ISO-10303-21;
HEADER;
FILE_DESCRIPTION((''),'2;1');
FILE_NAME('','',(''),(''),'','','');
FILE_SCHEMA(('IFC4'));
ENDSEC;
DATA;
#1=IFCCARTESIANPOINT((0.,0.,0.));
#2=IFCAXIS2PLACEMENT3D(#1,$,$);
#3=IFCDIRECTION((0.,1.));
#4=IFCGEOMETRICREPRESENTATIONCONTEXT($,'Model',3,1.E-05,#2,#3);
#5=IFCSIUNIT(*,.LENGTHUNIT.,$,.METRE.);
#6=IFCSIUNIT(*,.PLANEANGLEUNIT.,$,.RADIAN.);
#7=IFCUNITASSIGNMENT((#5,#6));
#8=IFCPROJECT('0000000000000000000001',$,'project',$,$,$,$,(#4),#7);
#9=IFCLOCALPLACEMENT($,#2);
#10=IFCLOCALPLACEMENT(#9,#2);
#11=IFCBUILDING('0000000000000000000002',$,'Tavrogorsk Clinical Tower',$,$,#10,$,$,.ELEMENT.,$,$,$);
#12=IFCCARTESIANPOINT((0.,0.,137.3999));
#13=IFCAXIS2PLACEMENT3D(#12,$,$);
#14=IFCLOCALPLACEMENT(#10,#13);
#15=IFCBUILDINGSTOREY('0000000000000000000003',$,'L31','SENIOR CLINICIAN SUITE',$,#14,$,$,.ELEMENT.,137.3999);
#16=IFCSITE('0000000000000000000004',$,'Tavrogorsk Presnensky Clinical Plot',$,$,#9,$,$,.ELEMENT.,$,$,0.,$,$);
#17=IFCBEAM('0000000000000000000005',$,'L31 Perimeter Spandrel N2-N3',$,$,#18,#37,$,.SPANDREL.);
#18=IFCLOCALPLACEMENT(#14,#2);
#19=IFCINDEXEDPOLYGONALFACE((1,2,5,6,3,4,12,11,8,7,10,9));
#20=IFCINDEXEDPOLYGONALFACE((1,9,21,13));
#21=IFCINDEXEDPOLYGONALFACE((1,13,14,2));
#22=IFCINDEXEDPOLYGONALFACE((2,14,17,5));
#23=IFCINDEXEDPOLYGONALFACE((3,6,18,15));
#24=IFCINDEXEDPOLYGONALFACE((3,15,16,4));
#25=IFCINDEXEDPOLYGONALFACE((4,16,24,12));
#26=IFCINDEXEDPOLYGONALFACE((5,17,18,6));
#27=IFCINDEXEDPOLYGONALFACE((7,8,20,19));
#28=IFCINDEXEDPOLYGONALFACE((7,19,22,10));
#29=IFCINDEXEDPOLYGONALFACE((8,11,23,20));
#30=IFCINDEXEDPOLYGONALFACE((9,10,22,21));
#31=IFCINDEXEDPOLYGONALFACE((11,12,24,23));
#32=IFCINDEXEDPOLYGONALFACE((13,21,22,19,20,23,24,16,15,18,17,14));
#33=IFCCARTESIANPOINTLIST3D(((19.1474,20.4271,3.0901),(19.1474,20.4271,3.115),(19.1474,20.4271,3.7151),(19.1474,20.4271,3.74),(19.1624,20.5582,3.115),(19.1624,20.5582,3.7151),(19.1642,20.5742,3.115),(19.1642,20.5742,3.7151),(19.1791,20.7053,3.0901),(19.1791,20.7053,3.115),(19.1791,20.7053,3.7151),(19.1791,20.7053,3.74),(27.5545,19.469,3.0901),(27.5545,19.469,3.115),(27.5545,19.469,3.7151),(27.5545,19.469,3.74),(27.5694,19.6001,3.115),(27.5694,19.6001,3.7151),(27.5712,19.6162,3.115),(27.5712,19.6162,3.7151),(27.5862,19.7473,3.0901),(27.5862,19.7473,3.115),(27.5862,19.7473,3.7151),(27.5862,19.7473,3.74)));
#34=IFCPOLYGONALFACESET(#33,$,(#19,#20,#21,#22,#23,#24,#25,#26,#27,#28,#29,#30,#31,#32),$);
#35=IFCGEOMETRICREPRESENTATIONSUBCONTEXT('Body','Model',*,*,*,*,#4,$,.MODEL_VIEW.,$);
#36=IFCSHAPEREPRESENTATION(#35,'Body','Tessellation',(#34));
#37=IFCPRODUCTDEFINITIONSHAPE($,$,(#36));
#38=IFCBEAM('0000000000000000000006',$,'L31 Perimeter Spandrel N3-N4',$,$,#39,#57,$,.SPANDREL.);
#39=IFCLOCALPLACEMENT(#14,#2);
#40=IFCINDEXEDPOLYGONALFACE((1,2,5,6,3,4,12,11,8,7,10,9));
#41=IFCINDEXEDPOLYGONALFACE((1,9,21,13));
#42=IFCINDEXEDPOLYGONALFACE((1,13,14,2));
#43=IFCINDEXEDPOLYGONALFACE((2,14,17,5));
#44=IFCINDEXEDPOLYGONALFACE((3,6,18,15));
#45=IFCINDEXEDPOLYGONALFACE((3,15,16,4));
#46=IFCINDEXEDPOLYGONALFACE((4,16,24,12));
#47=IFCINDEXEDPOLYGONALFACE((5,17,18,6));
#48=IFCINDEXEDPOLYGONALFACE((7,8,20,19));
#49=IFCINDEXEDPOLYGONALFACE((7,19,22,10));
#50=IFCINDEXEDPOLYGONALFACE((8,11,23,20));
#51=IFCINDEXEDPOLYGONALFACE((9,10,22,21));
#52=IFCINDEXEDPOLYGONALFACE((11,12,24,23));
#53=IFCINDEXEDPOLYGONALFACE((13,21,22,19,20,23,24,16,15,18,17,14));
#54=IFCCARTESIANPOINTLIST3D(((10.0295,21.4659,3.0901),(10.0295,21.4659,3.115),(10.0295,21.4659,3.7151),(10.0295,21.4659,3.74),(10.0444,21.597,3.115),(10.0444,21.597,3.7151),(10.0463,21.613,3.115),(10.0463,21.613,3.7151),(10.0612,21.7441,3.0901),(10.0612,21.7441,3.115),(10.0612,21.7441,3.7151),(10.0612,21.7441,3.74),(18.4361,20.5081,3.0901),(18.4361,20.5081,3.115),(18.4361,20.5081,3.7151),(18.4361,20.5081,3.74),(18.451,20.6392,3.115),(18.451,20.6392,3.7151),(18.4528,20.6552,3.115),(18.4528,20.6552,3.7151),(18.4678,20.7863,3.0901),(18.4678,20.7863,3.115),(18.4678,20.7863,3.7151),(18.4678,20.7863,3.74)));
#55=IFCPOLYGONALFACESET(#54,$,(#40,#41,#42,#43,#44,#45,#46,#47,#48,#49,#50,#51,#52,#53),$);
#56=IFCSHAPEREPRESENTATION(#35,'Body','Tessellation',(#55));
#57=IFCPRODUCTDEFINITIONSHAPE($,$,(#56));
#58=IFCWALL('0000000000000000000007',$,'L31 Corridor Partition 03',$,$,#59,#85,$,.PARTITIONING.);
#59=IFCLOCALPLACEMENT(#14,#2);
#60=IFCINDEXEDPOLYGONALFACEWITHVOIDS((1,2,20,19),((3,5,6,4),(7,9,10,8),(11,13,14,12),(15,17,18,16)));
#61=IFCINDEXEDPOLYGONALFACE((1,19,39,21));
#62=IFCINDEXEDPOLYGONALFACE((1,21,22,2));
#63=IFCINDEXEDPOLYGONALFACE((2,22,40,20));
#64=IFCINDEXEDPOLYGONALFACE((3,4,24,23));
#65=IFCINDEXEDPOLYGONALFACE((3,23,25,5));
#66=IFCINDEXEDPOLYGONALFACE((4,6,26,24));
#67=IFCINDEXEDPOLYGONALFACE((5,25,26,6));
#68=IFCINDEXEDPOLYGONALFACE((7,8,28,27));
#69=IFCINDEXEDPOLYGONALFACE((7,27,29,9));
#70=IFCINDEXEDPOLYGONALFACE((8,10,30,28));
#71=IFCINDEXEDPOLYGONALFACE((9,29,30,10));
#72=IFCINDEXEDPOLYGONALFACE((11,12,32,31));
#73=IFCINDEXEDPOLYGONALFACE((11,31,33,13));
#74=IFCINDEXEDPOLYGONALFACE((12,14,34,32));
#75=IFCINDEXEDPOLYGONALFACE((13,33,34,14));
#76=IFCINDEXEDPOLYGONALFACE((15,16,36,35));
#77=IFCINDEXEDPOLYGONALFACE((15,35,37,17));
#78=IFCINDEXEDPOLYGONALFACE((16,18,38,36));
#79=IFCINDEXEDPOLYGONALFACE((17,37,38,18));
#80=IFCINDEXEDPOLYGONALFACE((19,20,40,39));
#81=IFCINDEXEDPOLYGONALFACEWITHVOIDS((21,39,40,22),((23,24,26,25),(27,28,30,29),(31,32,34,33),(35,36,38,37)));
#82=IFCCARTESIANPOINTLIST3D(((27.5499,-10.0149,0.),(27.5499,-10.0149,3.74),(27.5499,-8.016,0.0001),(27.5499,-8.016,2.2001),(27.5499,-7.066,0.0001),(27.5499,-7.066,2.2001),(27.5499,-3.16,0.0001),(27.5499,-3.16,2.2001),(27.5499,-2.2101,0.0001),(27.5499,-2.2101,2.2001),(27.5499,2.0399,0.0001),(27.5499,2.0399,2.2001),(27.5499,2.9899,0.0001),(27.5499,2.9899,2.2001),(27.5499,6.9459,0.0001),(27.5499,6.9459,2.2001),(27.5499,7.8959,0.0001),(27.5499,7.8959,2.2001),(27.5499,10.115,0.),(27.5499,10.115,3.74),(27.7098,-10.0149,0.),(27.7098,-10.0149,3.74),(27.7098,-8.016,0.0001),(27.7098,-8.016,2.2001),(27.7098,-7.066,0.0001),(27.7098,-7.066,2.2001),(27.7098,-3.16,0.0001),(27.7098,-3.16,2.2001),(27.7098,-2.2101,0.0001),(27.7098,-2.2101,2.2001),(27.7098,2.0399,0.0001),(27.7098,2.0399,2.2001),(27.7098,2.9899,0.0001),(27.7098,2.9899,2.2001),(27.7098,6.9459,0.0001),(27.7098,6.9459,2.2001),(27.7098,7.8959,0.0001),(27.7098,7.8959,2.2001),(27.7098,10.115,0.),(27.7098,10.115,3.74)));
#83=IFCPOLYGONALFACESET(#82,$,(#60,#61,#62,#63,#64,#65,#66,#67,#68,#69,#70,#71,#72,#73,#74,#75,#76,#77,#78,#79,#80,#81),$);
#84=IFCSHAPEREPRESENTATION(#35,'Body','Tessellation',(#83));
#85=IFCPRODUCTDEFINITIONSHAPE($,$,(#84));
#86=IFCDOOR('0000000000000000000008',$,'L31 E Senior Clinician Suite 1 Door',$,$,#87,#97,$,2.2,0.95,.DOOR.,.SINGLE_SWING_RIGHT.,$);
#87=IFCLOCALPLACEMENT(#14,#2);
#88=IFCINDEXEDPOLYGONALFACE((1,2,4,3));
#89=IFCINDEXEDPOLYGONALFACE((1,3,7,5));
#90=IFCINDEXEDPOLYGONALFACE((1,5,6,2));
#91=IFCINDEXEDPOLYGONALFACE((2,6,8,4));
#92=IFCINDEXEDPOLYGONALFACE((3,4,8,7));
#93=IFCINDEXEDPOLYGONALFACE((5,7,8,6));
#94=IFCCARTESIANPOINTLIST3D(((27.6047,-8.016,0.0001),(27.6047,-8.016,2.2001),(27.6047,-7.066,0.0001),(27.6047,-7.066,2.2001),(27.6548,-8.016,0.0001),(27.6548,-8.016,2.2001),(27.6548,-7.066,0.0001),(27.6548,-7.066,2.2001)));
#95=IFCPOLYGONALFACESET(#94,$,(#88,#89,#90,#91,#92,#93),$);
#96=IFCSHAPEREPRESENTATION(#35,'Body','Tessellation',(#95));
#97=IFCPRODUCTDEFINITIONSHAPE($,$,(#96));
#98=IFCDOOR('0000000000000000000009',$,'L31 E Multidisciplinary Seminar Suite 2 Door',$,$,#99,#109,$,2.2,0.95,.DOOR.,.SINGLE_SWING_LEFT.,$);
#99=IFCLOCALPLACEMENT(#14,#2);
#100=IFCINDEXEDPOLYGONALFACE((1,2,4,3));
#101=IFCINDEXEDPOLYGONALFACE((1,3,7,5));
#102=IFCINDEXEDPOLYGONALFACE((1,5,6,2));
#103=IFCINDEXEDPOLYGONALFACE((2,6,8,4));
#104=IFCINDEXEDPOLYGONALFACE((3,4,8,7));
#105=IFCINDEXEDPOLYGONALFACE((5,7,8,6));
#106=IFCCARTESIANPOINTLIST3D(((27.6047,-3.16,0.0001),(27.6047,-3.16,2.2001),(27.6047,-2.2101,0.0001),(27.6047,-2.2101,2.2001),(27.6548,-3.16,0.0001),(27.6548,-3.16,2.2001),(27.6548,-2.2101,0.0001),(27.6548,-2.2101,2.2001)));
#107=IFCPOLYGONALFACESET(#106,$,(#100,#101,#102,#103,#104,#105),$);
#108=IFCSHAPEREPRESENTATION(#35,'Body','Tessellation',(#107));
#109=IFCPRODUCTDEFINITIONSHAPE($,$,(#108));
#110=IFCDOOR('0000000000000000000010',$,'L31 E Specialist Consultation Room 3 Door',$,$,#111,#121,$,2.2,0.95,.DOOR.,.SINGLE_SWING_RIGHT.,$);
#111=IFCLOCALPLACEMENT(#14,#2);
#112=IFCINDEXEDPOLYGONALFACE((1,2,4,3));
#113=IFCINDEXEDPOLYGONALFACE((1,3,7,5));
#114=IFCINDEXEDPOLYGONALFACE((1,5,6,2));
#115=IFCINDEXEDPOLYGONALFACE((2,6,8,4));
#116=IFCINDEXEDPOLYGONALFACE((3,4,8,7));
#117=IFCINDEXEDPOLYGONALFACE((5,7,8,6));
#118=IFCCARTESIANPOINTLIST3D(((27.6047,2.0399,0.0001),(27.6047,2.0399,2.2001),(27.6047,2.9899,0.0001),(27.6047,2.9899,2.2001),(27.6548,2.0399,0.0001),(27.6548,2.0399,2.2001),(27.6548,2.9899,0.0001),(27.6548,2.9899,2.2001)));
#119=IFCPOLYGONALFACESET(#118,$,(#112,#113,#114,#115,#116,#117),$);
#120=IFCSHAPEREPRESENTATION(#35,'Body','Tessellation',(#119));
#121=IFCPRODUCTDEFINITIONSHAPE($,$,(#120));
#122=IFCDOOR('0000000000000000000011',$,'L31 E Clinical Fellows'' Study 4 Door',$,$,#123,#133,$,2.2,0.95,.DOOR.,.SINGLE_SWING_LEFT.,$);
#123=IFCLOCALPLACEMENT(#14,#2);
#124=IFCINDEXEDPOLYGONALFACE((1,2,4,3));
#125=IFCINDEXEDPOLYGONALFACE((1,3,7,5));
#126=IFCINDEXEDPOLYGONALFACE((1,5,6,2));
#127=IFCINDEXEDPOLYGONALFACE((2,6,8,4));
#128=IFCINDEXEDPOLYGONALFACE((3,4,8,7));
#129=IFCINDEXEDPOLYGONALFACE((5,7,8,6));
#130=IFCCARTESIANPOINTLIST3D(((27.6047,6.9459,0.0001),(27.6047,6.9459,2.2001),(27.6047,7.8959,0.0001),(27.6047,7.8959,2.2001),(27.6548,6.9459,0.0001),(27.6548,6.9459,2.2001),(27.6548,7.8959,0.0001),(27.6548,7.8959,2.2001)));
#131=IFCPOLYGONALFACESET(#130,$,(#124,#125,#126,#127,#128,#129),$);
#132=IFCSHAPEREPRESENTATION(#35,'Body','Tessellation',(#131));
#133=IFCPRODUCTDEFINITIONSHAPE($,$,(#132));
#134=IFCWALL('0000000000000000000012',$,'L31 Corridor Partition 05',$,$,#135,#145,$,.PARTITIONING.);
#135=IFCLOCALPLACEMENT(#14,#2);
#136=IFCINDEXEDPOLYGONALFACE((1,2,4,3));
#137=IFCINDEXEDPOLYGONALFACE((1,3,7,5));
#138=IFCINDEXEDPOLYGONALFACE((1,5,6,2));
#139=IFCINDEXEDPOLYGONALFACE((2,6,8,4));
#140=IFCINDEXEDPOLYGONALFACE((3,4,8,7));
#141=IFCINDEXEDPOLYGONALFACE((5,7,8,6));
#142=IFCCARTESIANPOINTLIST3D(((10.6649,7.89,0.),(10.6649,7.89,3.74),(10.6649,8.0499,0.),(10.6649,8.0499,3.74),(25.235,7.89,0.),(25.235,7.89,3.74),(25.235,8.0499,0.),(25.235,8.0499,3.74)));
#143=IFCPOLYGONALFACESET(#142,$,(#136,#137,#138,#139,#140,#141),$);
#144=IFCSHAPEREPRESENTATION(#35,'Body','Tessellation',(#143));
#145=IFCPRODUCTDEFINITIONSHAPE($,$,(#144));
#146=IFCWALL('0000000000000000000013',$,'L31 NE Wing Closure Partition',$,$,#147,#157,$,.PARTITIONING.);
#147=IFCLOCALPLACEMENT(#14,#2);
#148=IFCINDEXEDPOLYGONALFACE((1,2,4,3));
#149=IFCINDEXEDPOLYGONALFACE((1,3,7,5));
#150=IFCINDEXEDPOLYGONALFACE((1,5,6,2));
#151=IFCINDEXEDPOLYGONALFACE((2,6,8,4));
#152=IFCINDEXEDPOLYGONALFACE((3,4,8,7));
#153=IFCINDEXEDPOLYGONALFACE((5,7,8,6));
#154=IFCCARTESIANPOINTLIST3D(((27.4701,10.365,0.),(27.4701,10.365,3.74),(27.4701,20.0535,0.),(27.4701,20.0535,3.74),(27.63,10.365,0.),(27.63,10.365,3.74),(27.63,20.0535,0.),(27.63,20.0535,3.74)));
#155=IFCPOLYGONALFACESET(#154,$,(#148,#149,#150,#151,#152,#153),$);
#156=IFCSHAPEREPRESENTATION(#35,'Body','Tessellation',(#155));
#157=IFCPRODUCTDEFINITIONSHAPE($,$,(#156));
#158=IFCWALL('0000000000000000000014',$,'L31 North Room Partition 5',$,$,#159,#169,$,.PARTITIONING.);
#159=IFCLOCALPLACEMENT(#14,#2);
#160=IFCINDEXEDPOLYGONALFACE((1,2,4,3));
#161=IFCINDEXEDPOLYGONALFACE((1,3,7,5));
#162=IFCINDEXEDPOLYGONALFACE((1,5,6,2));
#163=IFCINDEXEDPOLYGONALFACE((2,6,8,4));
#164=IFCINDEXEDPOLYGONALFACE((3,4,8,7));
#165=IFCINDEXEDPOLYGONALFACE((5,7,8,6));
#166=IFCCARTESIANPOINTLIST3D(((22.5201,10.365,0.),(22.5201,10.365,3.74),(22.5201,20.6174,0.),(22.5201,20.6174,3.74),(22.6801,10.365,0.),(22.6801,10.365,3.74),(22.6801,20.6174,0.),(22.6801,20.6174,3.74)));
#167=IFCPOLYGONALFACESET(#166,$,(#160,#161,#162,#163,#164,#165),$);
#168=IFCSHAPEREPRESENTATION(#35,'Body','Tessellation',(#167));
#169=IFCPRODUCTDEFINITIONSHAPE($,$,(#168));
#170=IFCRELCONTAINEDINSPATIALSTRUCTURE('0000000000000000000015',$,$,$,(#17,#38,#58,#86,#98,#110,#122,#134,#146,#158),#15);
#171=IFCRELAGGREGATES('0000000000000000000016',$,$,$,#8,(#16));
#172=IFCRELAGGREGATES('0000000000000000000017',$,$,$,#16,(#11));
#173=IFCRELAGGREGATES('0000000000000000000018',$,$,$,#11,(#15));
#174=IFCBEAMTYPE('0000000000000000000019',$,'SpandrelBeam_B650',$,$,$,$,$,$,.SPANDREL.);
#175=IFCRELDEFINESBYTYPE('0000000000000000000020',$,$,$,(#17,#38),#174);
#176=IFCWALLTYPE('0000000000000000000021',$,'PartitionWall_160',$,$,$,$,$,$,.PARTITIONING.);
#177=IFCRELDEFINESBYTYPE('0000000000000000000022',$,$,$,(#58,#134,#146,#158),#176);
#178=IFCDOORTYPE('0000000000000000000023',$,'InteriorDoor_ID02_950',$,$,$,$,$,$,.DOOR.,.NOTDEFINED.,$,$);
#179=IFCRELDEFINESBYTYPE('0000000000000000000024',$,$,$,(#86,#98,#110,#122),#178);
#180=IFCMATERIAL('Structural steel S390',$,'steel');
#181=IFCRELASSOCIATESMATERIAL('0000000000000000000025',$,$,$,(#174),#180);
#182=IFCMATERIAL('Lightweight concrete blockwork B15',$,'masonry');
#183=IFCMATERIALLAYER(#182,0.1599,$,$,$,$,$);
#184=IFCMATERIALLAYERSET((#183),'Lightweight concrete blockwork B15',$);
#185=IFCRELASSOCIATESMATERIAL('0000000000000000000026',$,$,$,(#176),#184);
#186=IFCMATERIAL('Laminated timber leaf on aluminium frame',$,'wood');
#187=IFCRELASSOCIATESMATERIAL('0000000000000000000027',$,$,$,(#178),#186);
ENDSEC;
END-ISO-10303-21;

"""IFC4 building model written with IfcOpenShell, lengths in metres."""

from ifc_helpers import new_model, si_unit, direction, frame, frame_2d, origin, origin_2d, place, context, subcontext, project, spatial, rectangle, i_section, extrude, material, layer, layer_set, material_profile, profile_set, type_object, element, fill, save


model = new_model("IFC4")

# Units and contexts
model_context = context("Model", 3, precision=1e-05, world=origin(), true_north=direction((0.0, 1.0)))
body_context = subcontext(model_context, "Body", "Model", "MODEL_VIEW")
ifc_project = project(units=[si_unit("LENGTHUNIT", "METRE"), si_unit("PLANEANGLEUNIT", "RADIAN")], contexts=[model_context])

# Site, building, storey
site_placement = place(None, origin())
site = spatial("IfcSite", under=ifc_project, at=site_placement, Name="Tavrogorsk Presnensky Clinical Plot", CompositionType="ELEMENT", RefElevation=0.0)
building_placement = place(site_placement, origin())
building = spatial("IfcBuilding", under=site, at=building_placement, Name="Tavrogorsk Clinical Tower", CompositionType="ELEMENT")
storey_placement = place(building_placement, frame((0.0, 0.0, 137.3999)))
storey = spatial("IfcBuildingStorey", under=building, at=storey_placement, Name="L31", Description="SENIOR CLINICIAN SUITE", CompositionType="ELEMENT", Elevation=137.3999)

# Beams
ifc_material_1 = material(Name="Structural steel S390", Category="steel")
ifc_material_profile_1 = material_profile(ifc_material_1, i_section(OverallWidth=0.28, OverallDepth=0.6499, WebThickness=0.0161, FlangeThickness=0.0249, at=origin_2d()), Name="B-650x280x16x25")
ifc_profile_set_1 = profile_set([ifc_material_profile_1], Name="Structural steel S390")
beam_type_1 = type_object("IfcBeamType", Name="SpandrelBeam_B650", PredefinedType="SPANDREL", material=ifc_profile_set_1)
beam_1_placement = place(storey_placement, frame((27.5703, 19.6082, 3.415), z_axis=(-0.99357, 0.113221, 0.0), x_axis=(-0.113221, -0.99357, 0.0)))
element("IfcBeam", 1, at=beam_1_placement, inside=storey, type_object=beam_type_1, Name="L31 Perimeter Spandrel N2-N3", PredefinedType="SPANDREL", context=body_context, shape_type="SweptSolid", body=[
    extrude(i_section(OverallWidth=0.28, OverallDepth=0.6499, WebThickness=0.0161, FlangeThickness=0.0249, at=origin_2d()), origin(), (0.0, 0.0, 1.0), 8.4614),
])
beam_2_placement = place(storey_placement, frame((18.4519, 20.6472, 3.415), z_axis=(-0.993572, 0.113199, 0.0), x_axis=(-0.113199, -0.993572, 0.0)))
element("IfcBeam", 2, at=beam_2_placement, inside=storey, type_object=beam_type_1, Name="L31 Perimeter Spandrel N3-N4", PredefinedType="SPANDREL", context=body_context, shape_type="SweptSolid", body=[
    extrude(i_section(OverallWidth=0.28, OverallDepth=0.6499, WebThickness=0.0161, FlangeThickness=0.0249, at=origin_2d()), origin(), (0.0, 0.0, 1.0), 8.4609),
])

# Wall, openings, doors
ifc_material_2 = material(Name="Lightweight concrete blockwork B15", Category="masonry")
ifc_layer_1 = layer(ifc_material_2, 0.1599)
ifc_layer_set_1 = layer_set([ifc_layer_1], Name="Lightweight concrete blockwork B15")
wall_type_1 = type_object("IfcWallType", Name="PartitionWall_160", PredefinedType="PARTITIONING", material=ifc_layer_set_1)
wall_1_placement = place(storey_placement, frame((27.6299, 10.115, 0.0), z_axis=(0.0, 0.0, 1.0), x_axis=(0.0, -1.0, 0.0)))
wall_1 = element("IfcWall", 3, at=wall_1_placement, inside=storey, type_object=wall_type_1, Name="L31 Corridor Partition 03", PredefinedType="PARTITIONING", context=body_context, shape_type="SweptSolid", body=[
    extrude(rectangle(XDim=20.1299, YDim=0.1599, at=frame_2d((10.0649, 0.0))), origin(), (0.0, 0.0, 1.0), 3.74),
])
opening_1_placement = place(wall_1_placement, frame((17.1809, 0.0, 0.0)))
opening_1 = element("IfcOpeningElement", 4, at=opening_1_placement, cuts=wall_1, PredefinedType="OPENING", context=body_context, shape_type="SweptSolid", body=[
    extrude(rectangle(XDim=0.95, YDim=2.2, at=frame_2d((0.4751, 1.1001))), frame((0.0, 0.0898, 0.0), z_axis=(0.0, -1.0, 0.0), x_axis=(1.0, 0.0, 0.0)), (0.0, 0.0, 1.0), 0.1799),
])
opening_2_placement = place(wall_1_placement, frame((12.325, 0.0, 0.0)))
opening_2 = element("IfcOpeningElement", 5, at=opening_2_placement, cuts=wall_1, PredefinedType="OPENING", context=body_context, shape_type="SweptSolid", body=[
    extrude(rectangle(XDim=0.95, YDim=2.2, at=frame_2d((0.4751, 1.1001))), frame((0.0, 0.0898, 0.0), z_axis=(0.0, -1.0, 0.0), x_axis=(1.0, 0.0, 0.0)), (0.0, 0.0, 1.0), 0.1799),
])
opening_3_placement = place(wall_1_placement, frame((7.125, 0.0, 0.0)))
opening_3 = element("IfcOpeningElement", 6, at=opening_3_placement, cuts=wall_1, PredefinedType="OPENING", context=body_context, shape_type="SweptSolid", body=[
    extrude(rectangle(XDim=0.95, YDim=2.2, at=frame_2d((0.4751, 1.1001))), frame((0.0, 0.0898, 0.0), z_axis=(0.0, -1.0, 0.0), x_axis=(1.0, 0.0, 0.0)), (0.0, 0.0, 1.0), 0.1799),
])
opening_4_placement = place(wall_1_placement, frame((2.219, 0.0, 0.0)))
opening_4 = element("IfcOpeningElement", 7, at=opening_4_placement, cuts=wall_1, PredefinedType="OPENING", context=body_context, shape_type="SweptSolid", body=[
    extrude(rectangle(XDim=0.95, YDim=2.2, at=frame_2d((0.4751, 1.1001))), frame((0.0, 0.0898, 0.0), z_axis=(0.0, -1.0, 0.0), x_axis=(1.0, 0.0, 0.0)), (0.0, 0.0, 1.0), 0.1799),
])
ifc_material_3 = material(Name="Laminated timber leaf on aluminium frame", Category="wood")
door_type = type_object("IfcDoorType", Name="InteriorDoor_ID02_950", OperationType="NOTDEFINED", PredefinedType="DOOR", material=ifc_material_3)
door_1_placement = place(opening_1_placement, origin())
door_1 = element("IfcDoor", 8, at=door_1_placement, inside=storey, type_object=door_type, Name="L31 E Senior Clinician Suite 1 Door", OperationType="SINGLE_SWING_RIGHT", OverallHeight=2.2, OverallWidth=0.95, PredefinedType="DOOR", context=body_context, shape_type="SweptSolid", body=[
    extrude(rectangle(XDim=0.95, YDim=2.2, at=frame_2d((0.4751, 1.1001))), frame((0.0, 0.0249, 0.0), z_axis=(0.0, -1.0, 0.0), x_axis=(1.0, 0.0, 0.0)), (0.0, 0.0, 1.0), 0.05),
])
fill(opening_1, door_1)
door_2_placement = place(opening_2_placement, origin())
door_2 = element("IfcDoor", 9, at=door_2_placement, inside=storey, type_object=door_type, Name="L31 E Multidisciplinary Seminar Suite 2 Door", OperationType="SINGLE_SWING_LEFT", OverallHeight=2.2, OverallWidth=0.95, PredefinedType="DOOR", context=body_context, shape_type="SweptSolid", body=[
    extrude(rectangle(XDim=0.95, YDim=2.2, at=frame_2d((0.4751, 1.1001))), frame((0.0, 0.0249, 0.0), z_axis=(0.0, -1.0, 0.0), x_axis=(1.0, 0.0, 0.0)), (0.0, 0.0, 1.0), 0.05),
])
fill(opening_2, door_2)
door_3_placement = place(opening_3_placement, origin())
door_3 = element("IfcDoor", 10, at=door_3_placement, inside=storey, type_object=door_type, Name="L31 E Specialist Consultation Room 3 Door", OperationType="SINGLE_SWING_RIGHT", OverallHeight=2.2, OverallWidth=0.95, PredefinedType="DOOR", context=body_context, shape_type="SweptSolid", body=[
    extrude(rectangle(XDim=0.95, YDim=2.2, at=frame_2d((0.4751, 1.1001))), frame((0.0, 0.0249, 0.0), z_axis=(0.0, -1.0, 0.0), x_axis=(1.0, 0.0, 0.0)), (0.0, 0.0, 1.0), 0.05),
])
fill(opening_3, door_3)
door_4_placement = place(opening_4_placement, origin())
door_4 = element("IfcDoor", 11, at=door_4_placement, inside=storey, type_object=door_type, Name="L31 E Clinical Fellows' Study 4 Door", OperationType="SINGLE_SWING_LEFT", OverallHeight=2.2, OverallWidth=0.95, PredefinedType="DOOR", context=body_context, shape_type="SweptSolid", body=[
    extrude(rectangle(XDim=0.95, YDim=2.2, at=frame_2d((0.4751, 1.1001))), frame((0.0, 0.0249, 0.0), z_axis=(0.0, -1.0, 0.0), x_axis=(1.0, 0.0, 0.0)), (0.0, 0.0, 1.0), 0.05),
])
fill(opening_4, door_4)

# Walls
wall_2_placement = place(storey_placement, frame((25.2351, 7.97, 0.0), z_axis=(0.0, 0.0, 1.0), x_axis=(-1.0, 0.0, 0.0)))
element("IfcWall", 12, at=wall_2_placement, inside=storey, type_object=wall_type_1, Name="L31 Corridor Partition 05", PredefinedType="PARTITIONING", context=body_context, shape_type="SweptSolid", body=[
    extrude(rectangle(XDim=14.5701, YDim=0.1599, at=frame_2d((7.2852, 0.0))), origin(), (0.0, 0.0, 1.0), 3.74),
])
wall_3_placement = place(storey_placement, frame((27.55, 10.365, 0.0), z_axis=(0.0, 0.0, 1.0), x_axis=(0.0, 1.0, 0.0)))
element("IfcWall", 13, at=wall_3_placement, inside=storey, type_object=wall_type_1, Name="L31 NE Wing Closure Partition", PredefinedType="PARTITIONING", context=body_context, shape_type="SweptSolid", body=[
    extrude(rectangle(XDim=9.6885, YDim=0.1599, at=frame_2d((4.8442, 0.0))), origin(), (0.0, 0.0, 1.0), 3.74),
])
wall_4_placement = place(storey_placement, frame((22.6001, 10.365, 0.0), z_axis=(0.0, 0.0, 1.0), x_axis=(0.0, 1.0, 0.0)))
element("IfcWall", 14, at=wall_4_placement, inside=storey, type_object=wall_type_1, Name="L31 North Room Partition 5", PredefinedType="PARTITIONING", context=body_context, shape_type="SweptSolid", body=[
    extrude(rectangle(XDim=10.2524, YDim=0.1599, at=frame_2d((5.1262, 0.0))), origin(), (0.0, 0.0, 1.0), 3.74),
])

save(model, "model.ifc")
